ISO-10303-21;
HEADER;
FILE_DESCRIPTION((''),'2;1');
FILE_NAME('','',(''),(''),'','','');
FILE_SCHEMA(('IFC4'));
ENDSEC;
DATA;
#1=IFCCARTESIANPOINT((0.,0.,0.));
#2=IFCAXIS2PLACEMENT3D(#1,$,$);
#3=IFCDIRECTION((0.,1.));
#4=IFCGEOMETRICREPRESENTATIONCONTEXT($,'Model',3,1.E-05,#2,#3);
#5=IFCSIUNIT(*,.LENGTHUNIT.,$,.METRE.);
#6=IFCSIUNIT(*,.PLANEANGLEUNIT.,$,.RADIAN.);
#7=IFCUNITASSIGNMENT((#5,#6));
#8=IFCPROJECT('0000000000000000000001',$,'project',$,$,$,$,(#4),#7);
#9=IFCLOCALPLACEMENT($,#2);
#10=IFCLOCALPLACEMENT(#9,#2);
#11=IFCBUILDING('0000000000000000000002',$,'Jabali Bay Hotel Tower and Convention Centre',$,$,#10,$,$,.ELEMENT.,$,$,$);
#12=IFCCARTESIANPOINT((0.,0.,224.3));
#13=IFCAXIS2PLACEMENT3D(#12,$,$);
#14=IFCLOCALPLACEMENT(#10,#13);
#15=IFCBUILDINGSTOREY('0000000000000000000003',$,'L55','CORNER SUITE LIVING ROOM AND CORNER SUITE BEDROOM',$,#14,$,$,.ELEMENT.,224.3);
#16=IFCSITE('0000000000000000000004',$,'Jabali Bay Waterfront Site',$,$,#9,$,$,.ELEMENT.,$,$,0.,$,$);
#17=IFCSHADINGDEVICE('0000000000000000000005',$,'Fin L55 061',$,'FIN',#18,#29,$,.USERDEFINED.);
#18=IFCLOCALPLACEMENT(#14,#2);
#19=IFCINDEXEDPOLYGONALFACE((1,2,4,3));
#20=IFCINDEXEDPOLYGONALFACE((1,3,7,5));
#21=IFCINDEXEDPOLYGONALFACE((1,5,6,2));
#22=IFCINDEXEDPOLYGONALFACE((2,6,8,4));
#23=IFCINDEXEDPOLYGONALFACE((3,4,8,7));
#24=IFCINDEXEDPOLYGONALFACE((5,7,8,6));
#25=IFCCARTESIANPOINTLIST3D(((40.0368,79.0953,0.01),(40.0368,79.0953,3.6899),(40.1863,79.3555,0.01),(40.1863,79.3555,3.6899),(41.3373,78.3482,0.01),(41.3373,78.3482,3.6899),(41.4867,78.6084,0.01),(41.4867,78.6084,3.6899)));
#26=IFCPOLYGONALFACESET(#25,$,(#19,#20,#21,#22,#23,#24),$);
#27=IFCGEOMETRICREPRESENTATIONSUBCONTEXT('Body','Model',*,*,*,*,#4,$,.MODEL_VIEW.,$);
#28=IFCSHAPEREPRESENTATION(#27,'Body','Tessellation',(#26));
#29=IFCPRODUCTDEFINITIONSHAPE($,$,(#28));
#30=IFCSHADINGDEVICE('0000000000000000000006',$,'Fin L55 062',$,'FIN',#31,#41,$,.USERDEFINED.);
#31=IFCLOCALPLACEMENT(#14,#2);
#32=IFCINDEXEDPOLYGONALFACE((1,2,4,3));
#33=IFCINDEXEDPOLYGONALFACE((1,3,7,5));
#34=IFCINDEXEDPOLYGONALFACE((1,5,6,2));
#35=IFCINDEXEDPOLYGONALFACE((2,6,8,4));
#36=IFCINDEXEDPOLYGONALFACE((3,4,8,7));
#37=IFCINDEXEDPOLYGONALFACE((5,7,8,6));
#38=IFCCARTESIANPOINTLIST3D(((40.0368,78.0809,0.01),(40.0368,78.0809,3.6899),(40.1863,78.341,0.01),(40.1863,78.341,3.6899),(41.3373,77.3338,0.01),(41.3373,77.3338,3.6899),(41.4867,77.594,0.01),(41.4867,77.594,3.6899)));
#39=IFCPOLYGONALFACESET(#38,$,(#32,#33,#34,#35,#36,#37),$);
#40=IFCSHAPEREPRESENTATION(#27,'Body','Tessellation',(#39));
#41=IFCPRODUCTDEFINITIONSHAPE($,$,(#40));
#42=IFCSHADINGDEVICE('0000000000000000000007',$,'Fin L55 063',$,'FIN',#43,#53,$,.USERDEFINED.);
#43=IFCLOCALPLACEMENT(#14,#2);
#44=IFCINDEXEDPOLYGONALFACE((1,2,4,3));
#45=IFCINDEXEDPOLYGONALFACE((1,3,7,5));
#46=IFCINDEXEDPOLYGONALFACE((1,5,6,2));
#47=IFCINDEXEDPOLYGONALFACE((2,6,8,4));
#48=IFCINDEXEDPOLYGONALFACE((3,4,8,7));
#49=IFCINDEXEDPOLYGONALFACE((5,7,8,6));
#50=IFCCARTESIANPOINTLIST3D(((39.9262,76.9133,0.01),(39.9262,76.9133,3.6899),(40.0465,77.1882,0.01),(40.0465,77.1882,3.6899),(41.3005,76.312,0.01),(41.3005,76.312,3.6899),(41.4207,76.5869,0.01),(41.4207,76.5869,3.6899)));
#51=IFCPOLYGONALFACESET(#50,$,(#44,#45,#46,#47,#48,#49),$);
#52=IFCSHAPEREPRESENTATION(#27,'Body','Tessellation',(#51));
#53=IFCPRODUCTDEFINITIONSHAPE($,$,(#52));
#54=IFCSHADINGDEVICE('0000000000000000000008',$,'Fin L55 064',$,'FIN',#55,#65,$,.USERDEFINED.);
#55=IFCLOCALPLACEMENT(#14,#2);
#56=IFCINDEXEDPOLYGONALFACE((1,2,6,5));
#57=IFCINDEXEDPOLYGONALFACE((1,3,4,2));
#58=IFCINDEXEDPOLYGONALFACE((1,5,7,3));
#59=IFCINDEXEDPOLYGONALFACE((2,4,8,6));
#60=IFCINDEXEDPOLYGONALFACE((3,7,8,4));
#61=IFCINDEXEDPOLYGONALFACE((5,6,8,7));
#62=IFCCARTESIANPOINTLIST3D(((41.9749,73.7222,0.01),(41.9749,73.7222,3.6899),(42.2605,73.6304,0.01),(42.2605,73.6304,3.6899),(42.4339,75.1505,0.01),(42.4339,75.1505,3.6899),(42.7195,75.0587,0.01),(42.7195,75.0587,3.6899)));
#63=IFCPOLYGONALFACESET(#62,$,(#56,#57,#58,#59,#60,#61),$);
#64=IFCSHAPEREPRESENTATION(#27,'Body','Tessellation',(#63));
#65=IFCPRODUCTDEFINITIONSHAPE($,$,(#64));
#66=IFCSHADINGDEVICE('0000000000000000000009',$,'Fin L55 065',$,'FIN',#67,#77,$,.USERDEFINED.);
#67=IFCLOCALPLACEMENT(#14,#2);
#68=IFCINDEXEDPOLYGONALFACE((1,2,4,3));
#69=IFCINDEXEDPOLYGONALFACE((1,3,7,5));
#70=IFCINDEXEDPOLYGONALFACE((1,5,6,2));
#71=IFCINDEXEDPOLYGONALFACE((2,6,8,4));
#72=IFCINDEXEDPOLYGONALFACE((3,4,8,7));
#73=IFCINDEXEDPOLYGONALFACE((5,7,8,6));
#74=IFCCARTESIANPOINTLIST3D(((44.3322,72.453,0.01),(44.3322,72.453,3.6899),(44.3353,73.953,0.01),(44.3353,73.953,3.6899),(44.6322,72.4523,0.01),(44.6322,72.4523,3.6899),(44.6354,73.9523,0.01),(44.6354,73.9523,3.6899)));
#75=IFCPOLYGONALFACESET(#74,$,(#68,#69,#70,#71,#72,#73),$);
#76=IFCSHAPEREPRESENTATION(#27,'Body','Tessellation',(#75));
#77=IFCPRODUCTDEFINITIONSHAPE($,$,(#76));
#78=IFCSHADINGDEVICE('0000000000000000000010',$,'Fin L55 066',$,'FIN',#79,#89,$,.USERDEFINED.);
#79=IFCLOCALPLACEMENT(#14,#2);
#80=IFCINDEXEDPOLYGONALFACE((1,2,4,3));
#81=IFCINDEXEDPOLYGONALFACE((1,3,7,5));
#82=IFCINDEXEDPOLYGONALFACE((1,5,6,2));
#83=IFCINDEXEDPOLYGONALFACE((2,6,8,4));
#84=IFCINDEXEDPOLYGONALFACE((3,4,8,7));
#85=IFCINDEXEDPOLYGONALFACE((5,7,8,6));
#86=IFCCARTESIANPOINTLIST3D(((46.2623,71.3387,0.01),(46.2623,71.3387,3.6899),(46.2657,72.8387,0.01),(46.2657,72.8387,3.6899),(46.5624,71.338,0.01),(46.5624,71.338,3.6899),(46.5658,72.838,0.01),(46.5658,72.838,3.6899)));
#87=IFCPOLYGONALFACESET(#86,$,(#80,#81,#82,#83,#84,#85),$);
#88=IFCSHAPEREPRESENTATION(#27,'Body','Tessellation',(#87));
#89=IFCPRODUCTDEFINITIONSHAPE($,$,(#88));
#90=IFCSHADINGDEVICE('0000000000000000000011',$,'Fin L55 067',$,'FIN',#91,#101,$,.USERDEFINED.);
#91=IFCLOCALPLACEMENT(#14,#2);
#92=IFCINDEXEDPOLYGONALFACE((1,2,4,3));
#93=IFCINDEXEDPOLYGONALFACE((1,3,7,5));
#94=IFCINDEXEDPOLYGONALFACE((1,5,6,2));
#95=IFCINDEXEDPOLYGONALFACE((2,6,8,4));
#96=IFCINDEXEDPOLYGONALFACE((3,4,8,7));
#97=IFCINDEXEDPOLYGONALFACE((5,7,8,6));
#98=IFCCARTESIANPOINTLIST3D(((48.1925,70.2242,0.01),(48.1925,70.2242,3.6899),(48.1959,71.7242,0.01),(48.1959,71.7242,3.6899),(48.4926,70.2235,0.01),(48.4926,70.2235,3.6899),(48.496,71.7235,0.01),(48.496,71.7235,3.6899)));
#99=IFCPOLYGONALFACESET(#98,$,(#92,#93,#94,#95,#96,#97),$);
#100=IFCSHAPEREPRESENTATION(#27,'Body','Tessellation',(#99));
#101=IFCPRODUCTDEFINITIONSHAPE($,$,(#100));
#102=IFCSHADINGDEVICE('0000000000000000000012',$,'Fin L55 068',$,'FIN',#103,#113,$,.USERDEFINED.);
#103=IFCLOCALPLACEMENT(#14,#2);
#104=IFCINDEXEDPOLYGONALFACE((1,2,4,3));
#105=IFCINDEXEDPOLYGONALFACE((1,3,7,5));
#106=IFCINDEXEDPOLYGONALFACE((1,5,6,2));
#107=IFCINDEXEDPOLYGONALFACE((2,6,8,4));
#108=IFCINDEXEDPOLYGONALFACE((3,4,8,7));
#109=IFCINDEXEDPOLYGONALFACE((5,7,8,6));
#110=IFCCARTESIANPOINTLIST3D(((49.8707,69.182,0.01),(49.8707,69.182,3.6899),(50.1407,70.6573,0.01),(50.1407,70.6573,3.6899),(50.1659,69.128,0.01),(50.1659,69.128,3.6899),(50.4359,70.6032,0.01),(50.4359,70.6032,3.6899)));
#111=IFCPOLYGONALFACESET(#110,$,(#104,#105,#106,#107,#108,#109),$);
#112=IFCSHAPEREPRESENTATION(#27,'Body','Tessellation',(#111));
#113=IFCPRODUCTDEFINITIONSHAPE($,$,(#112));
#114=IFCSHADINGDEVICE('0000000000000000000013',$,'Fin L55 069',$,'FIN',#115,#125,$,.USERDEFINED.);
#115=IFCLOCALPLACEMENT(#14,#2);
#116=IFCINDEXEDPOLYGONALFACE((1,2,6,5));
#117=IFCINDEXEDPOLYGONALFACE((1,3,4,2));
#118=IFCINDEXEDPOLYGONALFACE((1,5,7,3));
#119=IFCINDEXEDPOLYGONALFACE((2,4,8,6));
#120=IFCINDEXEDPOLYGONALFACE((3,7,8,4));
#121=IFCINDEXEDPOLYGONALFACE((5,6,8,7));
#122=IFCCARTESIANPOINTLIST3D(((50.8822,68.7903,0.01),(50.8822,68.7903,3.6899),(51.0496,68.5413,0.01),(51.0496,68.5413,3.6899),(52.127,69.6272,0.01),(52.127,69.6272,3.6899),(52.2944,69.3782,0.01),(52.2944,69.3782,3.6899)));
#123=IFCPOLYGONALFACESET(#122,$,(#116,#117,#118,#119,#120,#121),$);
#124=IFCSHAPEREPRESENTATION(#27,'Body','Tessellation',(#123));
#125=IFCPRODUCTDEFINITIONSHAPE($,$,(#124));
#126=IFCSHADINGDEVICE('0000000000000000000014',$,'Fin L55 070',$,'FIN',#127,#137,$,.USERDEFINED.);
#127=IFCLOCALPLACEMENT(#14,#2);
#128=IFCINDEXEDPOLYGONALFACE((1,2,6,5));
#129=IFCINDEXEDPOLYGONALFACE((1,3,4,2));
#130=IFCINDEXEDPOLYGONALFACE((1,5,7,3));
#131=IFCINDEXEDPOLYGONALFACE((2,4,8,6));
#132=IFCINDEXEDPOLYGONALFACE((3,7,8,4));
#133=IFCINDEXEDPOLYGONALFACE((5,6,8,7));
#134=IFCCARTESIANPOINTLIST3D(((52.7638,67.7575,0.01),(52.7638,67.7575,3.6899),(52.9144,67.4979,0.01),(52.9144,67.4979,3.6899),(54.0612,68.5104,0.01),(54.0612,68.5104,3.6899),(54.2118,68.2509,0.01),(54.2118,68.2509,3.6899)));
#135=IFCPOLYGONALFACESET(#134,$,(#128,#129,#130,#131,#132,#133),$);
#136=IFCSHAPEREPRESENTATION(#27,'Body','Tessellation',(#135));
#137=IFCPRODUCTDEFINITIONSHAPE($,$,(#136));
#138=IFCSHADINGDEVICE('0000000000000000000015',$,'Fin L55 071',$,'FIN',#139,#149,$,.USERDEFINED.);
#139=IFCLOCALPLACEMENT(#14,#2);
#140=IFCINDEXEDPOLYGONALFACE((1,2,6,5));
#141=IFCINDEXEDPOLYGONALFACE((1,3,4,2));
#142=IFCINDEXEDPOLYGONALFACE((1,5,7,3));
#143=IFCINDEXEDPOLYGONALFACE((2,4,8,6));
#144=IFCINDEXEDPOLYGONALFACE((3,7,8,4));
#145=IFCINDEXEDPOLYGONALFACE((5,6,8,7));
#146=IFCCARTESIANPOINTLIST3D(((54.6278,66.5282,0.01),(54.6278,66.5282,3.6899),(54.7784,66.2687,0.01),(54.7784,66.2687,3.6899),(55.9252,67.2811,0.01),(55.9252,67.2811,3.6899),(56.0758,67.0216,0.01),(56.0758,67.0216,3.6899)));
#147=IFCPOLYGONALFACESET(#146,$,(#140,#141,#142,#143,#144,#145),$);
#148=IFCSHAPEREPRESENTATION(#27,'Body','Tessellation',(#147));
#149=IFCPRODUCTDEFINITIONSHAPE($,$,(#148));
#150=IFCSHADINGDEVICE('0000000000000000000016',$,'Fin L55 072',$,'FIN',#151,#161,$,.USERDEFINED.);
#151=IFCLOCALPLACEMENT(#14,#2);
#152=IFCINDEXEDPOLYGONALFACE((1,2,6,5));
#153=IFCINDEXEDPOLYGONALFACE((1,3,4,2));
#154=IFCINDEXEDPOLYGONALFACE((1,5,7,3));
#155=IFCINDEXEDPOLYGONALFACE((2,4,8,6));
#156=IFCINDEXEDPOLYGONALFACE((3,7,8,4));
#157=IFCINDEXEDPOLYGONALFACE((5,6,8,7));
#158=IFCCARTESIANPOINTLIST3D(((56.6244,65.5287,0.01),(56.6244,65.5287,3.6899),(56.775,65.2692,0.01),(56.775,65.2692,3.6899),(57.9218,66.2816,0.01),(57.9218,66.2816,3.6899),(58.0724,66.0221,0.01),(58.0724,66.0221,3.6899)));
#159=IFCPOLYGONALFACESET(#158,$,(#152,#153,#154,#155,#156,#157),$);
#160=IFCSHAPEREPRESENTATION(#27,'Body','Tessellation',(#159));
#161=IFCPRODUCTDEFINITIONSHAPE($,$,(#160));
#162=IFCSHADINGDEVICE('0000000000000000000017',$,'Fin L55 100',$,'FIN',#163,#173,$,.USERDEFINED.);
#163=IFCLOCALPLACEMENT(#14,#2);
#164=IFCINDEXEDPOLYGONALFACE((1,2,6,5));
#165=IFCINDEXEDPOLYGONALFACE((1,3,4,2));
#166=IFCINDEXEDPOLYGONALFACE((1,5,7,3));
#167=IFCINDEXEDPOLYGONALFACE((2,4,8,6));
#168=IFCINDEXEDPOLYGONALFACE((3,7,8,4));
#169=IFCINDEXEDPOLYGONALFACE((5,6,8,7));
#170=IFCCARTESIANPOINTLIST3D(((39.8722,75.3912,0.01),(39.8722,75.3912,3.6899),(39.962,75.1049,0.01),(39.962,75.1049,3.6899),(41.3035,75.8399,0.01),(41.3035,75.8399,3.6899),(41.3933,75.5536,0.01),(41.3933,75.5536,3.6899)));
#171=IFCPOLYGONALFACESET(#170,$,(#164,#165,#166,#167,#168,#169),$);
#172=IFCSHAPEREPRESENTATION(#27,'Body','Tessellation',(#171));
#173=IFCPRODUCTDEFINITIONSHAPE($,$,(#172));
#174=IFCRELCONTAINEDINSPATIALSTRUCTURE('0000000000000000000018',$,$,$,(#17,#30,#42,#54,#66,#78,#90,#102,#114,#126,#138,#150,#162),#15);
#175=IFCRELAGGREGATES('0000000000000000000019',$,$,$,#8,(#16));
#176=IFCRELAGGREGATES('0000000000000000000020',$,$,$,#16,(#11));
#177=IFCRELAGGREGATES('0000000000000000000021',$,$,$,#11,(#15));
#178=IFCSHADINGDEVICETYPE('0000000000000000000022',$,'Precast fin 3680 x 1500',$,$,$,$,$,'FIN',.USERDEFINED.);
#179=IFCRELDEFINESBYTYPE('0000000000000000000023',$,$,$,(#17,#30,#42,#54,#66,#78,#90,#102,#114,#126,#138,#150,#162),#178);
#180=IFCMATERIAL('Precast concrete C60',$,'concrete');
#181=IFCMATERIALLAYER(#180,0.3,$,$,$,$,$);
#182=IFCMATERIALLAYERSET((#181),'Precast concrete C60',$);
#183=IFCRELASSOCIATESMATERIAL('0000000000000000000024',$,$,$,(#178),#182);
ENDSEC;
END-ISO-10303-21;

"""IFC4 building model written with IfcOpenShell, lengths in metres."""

from ifc_helpers import new_model, si_unit, direction, frame, frame_2d, origin, place, context, subcontext, project, spatial, rectangle, extrude, material, layer, layer_set, type_object, element, save


model = new_model("IFC4")

# Units and contexts
model_context = context("Model", 3, precision=1e-05, world=origin(), true_north=direction((0.0, 1.0)))
body_context = subcontext(model_context, "Body", "Model", "MODEL_VIEW")
ifc_project = project(units=[si_unit("LENGTHUNIT", "METRE"), si_unit("PLANEANGLEUNIT", "RADIAN")], contexts=[model_context])

# Site, building, storey
site_placement = place(None, origin())
site = spatial("IfcSite", under=ifc_project, at=site_placement, Name="Jabali Bay Waterfront Site", CompositionType="ELEMENT", RefElevation=0.0)
building_placement = place(site_placement, origin())
building = spatial("IfcBuilding", under=site, at=building_placement, Name="Jabali Bay Hotel Tower and Convention Centre", CompositionType="ELEMENT")
storey_placement = place(building_placement, frame((0.0, 0.0, 224.3)))
storey = spatial("IfcBuildingStorey", under=building, at=storey_placement, Name="L55", Description="CORNER SUITE LIVING ROOM AND CORNER SUITE BEDROOM", CompositionType="ELEMENT", Elevation=224.3)

# Shading devices
ifc_material_1 = material(Name="Precast concrete C60", Category="concrete")
ifc_layer_1 = layer(ifc_material_1, 0.3)
ifc_layer_set_1 = layer_set([ifc_layer_1], Name="Precast concrete C60")
shading_device_type = type_object("IfcShadingDeviceType", Name="Precast fin 3680 x 1500", ElementType="FIN", PredefinedType="USERDEFINED", material=ifc_layer_set_1)
for number, where, z_axis, x_axis, name in (
    (1, (41.4121, 78.4783, 0.01), (0.0, 0.0, 1.0), (-0.867119, 0.498101, 0.0), "Fin L55 061"),
    (2, (41.4121, 77.4639, 0.01), (0.0, 0.0, 1.0), (-0.867119, 0.498101, 0.0), "Fin L55 062"),
):
    element("IfcShadingDevice", number, at=place(storey_placement, frame(where, z_axis=z_axis, x_axis=x_axis)), inside=storey, type_object=shading_device_type, Name=name, ObjectType="FIN", PredefinedType="USERDEFINED", context=body_context, shape_type="SweptSolid", body=[
        extrude(rectangle(XDim=1.4998, YDim=0.3, at=frame_2d((0.75, 0.0))), origin(), (0.0, 0.0, 1.0), 3.6799),
    ])
shading_device_1_placement = place(storey_placement, frame((41.3606, 76.4495, 0.01), z_axis=(0.0, 0.0, 1.0), x_axis=(-0.916139, 0.400862, 0.0)))
element("IfcShadingDevice", 3, at=shading_device_1_placement, inside=storey, type_object=shading_device_type, Name="Fin L55 063", ObjectType="FIN", PredefinedType="USERDEFINED", context=body_context, shape_type="SweptSolid", body=[
    extrude(rectangle(XDim=1.5, YDim=0.3, at=frame_2d((0.75, 0.0))), origin(), (0.0, 0.0, 1.0), 3.6799),
])
shading_device_2_placement = place(storey_placement, frame((42.5767, 75.1045, 0.01), z_axis=(0.0, 0.0, 1.0), x_axis=(-0.305957, -0.952045, 0.0)))
element("IfcShadingDevice", 4, at=shading_device_2_placement, inside=storey, type_object=shading_device_type, Name="Fin L55 064", ObjectType="FIN", PredefinedType="USERDEFINED", context=body_context, shape_type="SweptSolid", body=[
    extrude(rectangle(XDim=1.5002, YDim=0.3, at=frame_2d((0.75, 0.0))), origin(), (0.0, 0.0, 1.0), 3.6799),
])
for number, where, z_axis, x_axis, name in (
    (5, (44.4854, 73.9526, 0.01), (0.0, 0.0, 1.0), (-0.002116, -0.999998, 0.0), "Fin L55 065"),
    (6, (46.4158, 72.8384, 0.01), (0.0, 0.0, 1.0), (-0.002279, -0.999997, 0.0), "Fin L55 066"),
    (7, (48.3459, 71.7239, 0.01), (0.0, 0.0, 1.0), (-0.002279, -0.999997, 0.0), "Fin L55 067"),
):
    element("IfcShadingDevice", number, at=place(storey_placement, frame(where, z_axis=z_axis, x_axis=x_axis)), inside=storey, type_object=shading_device_type, Name=name, ObjectType="FIN", PredefinedType="USERDEFINED", context=body_context, shape_type="SweptSolid", body=[
        extrude(rectangle(XDim=1.5, YDim=0.3, at=frame_2d((0.75, 0.0))), origin(), (0.0, 0.0, 1.0), 3.6799),
    ])
shading_device_3_placement = place(storey_placement, frame((50.2883, 70.6304, 0.01), z_axis=(0.0, 0.0, 1.0), x_axis=(-0.180031, -0.983661, 0.0)))
element("IfcShadingDevice", 8, at=shading_device_3_placement, inside=storey, type_object=shading_device_type, Name="Fin L55 068", ObjectType="FIN", PredefinedType="USERDEFINED", context=body_context, shape_type="SweptSolid", body=[
    extrude(rectangle(XDim=1.4998, YDim=0.3, at=frame_2d((0.75, 0.0))), origin(), (0.0, 0.0, 1.0), 3.6799),
])
for number, where, z_axis, x_axis, name in (
    (9, (52.2107, 69.5027, 0.01), (0.0, 0.0, 1.0), (-0.829891, -0.557926, 0.0), "Fin L55 069"),
    (10, (54.1365, 68.3806, 0.01), (0.0, 0.0, 1.0), (-0.864898, -0.501947, 0.0), "Fin L55 070"),
    (11, (56.0005, 67.1514, 0.01), (0.0, 0.0, 1.0), (-0.864898, -0.501947, 0.0), "Fin L55 071"),
    (12, (57.9971, 66.1519, 0.01), (0.0, 0.0, 1.0), (-0.864898, -0.501947, 0.0), "Fin L55 072"),
    (13, (41.3484, 75.6968, 0.01), (0.0, 0.0, 1.0), (-0.95421, -0.299137, 0.0), "Fin L55 100"),
):
    element("IfcShadingDevice", number, at=place(storey_placement, frame(where, z_axis=z_axis, x_axis=x_axis)), inside=storey, type_object=shading_device_type, Name=name, ObjectType="FIN", PredefinedType="USERDEFINED", context=body_context, shape_type="SweptSolid", body=[
        extrude(rectangle(XDim=1.5, YDim=0.3, at=frame_2d((0.75, 0.0))), origin(), (0.0, 0.0, 1.0), 3.6799),
    ])

save(model, "model.ifc")
